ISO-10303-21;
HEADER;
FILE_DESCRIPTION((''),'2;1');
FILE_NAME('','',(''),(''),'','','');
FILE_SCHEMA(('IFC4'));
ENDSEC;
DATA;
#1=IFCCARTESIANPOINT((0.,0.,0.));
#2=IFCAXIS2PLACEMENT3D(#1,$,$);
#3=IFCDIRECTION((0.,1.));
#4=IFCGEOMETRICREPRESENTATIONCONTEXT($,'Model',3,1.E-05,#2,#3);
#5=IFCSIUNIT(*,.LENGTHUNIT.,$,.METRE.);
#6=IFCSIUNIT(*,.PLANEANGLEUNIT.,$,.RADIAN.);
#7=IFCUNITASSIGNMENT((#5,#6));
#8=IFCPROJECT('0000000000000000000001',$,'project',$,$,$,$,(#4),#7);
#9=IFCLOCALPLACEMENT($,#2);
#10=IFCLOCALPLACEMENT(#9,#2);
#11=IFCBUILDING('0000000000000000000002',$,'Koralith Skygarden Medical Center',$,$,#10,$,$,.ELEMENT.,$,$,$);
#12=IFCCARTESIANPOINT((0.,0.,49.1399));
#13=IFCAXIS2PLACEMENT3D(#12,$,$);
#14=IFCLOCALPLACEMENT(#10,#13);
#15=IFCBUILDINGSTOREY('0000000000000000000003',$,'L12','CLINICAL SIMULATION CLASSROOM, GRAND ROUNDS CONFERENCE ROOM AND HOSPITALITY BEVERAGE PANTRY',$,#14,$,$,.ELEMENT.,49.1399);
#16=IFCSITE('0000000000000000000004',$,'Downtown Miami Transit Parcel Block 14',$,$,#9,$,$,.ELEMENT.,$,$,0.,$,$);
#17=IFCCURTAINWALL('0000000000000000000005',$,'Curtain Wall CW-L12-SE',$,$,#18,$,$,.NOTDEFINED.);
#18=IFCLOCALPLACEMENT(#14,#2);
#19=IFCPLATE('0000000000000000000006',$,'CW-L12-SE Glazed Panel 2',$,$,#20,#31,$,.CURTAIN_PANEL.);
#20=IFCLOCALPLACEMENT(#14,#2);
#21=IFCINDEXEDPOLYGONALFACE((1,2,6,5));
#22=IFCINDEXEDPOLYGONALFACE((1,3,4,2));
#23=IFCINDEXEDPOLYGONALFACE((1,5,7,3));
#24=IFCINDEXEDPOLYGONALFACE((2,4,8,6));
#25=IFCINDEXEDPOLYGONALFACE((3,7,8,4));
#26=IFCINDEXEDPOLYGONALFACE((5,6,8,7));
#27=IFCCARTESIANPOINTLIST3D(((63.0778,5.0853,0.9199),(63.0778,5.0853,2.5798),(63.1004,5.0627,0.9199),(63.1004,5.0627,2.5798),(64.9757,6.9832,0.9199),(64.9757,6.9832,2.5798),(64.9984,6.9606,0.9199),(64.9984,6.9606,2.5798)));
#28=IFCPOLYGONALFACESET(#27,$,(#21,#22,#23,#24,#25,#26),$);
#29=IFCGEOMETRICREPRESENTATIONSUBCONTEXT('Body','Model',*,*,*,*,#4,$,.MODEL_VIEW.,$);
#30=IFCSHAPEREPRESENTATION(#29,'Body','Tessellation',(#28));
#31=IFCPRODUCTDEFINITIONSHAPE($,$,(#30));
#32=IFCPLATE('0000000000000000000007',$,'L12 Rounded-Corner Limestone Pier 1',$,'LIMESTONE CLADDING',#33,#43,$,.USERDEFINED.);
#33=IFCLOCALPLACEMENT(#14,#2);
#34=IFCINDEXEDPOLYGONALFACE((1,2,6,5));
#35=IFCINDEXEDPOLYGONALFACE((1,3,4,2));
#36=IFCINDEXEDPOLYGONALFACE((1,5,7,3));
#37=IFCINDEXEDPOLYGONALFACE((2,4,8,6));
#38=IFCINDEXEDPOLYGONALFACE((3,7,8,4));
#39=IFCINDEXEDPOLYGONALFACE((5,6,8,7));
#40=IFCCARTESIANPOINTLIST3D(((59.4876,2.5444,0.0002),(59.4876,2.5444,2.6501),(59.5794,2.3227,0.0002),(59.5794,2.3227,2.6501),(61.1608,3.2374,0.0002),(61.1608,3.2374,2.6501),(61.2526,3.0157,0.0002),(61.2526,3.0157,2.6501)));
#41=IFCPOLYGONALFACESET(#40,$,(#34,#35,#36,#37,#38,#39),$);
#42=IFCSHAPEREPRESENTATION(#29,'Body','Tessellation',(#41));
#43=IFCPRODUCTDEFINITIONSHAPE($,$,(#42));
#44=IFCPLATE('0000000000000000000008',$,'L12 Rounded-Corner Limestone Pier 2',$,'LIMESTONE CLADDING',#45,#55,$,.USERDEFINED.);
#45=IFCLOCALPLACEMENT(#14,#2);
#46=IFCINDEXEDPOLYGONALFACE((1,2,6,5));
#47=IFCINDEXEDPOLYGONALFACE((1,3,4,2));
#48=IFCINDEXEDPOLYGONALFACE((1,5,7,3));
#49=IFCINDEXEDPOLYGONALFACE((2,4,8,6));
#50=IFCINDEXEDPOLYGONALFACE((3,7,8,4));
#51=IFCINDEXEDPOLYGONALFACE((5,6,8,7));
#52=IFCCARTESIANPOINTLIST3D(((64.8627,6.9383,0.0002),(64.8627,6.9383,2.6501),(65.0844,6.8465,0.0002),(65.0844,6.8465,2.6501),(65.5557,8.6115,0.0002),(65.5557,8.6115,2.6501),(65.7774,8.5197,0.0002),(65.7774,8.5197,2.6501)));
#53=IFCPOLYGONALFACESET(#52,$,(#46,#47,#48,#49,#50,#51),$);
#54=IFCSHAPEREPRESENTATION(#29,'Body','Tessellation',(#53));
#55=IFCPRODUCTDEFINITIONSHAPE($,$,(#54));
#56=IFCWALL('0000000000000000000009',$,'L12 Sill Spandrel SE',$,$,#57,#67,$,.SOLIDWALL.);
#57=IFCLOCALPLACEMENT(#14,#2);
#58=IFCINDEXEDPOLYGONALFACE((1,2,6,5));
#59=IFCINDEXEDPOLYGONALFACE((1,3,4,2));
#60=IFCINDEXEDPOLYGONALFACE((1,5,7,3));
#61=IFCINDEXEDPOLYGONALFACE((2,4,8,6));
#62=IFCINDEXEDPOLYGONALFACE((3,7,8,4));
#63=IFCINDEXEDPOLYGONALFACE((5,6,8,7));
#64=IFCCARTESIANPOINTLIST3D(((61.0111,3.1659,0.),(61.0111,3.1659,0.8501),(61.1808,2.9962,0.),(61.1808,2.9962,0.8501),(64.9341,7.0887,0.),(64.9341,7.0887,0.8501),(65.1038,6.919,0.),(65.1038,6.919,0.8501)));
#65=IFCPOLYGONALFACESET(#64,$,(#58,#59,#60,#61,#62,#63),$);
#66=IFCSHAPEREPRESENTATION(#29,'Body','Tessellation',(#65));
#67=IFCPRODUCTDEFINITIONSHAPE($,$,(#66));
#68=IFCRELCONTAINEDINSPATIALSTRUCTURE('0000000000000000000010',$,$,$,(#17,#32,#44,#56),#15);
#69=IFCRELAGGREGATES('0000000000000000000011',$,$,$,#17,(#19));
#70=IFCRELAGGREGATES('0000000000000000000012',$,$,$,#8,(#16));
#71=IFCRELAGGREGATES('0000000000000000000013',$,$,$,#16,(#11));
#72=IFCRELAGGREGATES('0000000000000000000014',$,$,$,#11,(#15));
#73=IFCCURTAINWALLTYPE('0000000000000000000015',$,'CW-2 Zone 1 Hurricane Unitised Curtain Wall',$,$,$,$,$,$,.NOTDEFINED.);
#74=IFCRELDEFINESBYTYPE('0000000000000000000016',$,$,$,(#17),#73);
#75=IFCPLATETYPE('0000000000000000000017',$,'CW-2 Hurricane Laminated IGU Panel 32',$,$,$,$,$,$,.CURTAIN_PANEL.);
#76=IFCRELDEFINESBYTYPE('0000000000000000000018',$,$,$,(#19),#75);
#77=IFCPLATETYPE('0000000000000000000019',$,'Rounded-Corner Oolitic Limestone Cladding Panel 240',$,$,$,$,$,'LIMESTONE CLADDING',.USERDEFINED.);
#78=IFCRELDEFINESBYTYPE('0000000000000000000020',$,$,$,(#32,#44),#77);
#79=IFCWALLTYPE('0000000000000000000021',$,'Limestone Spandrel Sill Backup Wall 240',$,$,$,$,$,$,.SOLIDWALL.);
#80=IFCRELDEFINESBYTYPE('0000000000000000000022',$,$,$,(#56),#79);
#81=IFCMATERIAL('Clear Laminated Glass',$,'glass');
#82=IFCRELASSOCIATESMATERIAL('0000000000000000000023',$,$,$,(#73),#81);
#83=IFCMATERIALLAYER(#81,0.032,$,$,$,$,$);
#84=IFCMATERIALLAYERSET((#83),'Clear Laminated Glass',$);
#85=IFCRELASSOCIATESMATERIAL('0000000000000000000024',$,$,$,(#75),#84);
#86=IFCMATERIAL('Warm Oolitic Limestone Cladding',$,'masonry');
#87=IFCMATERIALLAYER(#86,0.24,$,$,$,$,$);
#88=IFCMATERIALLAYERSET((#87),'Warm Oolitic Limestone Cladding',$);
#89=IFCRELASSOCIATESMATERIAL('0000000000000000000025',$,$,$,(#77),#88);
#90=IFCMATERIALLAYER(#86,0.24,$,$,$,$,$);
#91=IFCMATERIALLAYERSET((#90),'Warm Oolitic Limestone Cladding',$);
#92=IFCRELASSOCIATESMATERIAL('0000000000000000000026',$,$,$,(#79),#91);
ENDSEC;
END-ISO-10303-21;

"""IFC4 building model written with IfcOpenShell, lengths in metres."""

from ifc_helpers import new_model, si_unit, direction, frame, frame_2d, origin, origin_2d, place, context, subcontext, project, spatial, rectangle, extrude, material, layer, layer_set, type_object, element, aggregate, save


model = new_model("IFC4")

# Units and contexts
model_context = context("Model", 3, precision=1e-05, world=origin(), true_north=direction((0.0, 1.0)))
body_context = subcontext(model_context, "Body", "Model", "MODEL_VIEW")
ifc_project = project(units=[si_unit("LENGTHUNIT", "METRE"), si_unit("PLANEANGLEUNIT", "RADIAN")], contexts=[model_context])

# Site, building, storey
site_placement = place(None, origin())
site = spatial("IfcSite", under=ifc_project, at=site_placement, Name="Downtown Miami Transit Parcel Block 14", CompositionType="ELEMENT", RefElevation=0.0)
building_placement = place(site_placement, origin())
building = spatial("IfcBuilding", under=site, at=building_placement, Name="Koralith Skygarden Medical Center", CompositionType="ELEMENT")
storey_placement = place(building_placement, frame((0.0, 0.0, 49.1399)))
storey = spatial("IfcBuildingStorey", under=building, at=storey_placement, Name="L12", Description="CLINICAL SIMULATION CLASSROOM, GRAND ROUNDS CONFERENCE ROOM AND HOSPITALITY BEVERAGE PANTRY", CompositionType="ELEMENT", Elevation=49.1399)

# Curtain wall
ifc_material_1 = material(Name="Clear Laminated Glass", Category="glass")
curtain_wall_type = type_object("IfcCurtainWallType", Name="CW-2 Zone 1 Hurricane Unitised Curtain Wall", PredefinedType="NOTDEFINED", material=ifc_material_1)
curtain_wall_1_placement = place(storey_placement, origin())
curtain_wall_1 = element("IfcCurtainWall", 1, at=curtain_wall_1_placement, inside=storey, type_object=curtain_wall_type, Name="Curtain Wall CW-L12-SE", PredefinedType="NOTDEFINED")

# Plate
ifc_layer_1 = layer(ifc_material_1, 0.032)
ifc_layer_set_1 = layer_set([ifc_layer_1], Name="Clear Laminated Glass")
plate_type_1 = type_object("IfcPlateType", Name="CW-2 Hurricane Laminated IGU Panel 32", PredefinedType="CURTAIN_PANEL", material=ifc_layer_set_1)
plate_1_placement = place(storey_placement, frame((64.0381, 6.0229, 0.9199), z_axis=(0.0, 0.0, 1.0), x_axis=(0.707107, 0.707107, 0.0)))
plate_1 = element("IfcPlate", 2, at=plate_1_placement, type_object=plate_type_1, Name="CW-L12-SE Glazed Panel 2", PredefinedType="CURTAIN_PANEL", context=body_context, shape_type="SweptSolid", body=[
    extrude(rectangle(XDim=2.6841, YDim=0.032, at=origin_2d()), origin(), (0.0, 0.0, 1.0), 1.6599),
])
aggregate(curtain_wall_1, [plate_1])

# Plates
ifc_material_2 = material(Name="Warm Oolitic Limestone Cladding", Category="masonry")
ifc_layer_2 = layer(ifc_material_2, 0.24)
ifc_layer_set_2 = layer_set([ifc_layer_2], Name="Warm Oolitic Limestone Cladding")
plate_type_2 = type_object("IfcPlateType", Name="Rounded-Corner Oolitic Limestone Cladding Panel 240", ElementType="LIMESTONE CLADDING", PredefinedType="USERDEFINED", material=ifc_layer_set_2)
for number, where, z_axis, x_axis, name in (
    (3, (60.3701, 2.78, 0.0002), (0.0, 0.0, 1.0), (0.923885, 0.382671, 0.0), "L12 Rounded-Corner Limestone Pier 1"),
    (4, (65.3201, 7.729, 0.0002), (0.0, 0.0, 1.0), (0.382671, 0.923885, 0.0), "L12 Rounded-Corner Limestone Pier 2"),
):
    element("IfcPlate", number, at=place(storey_placement, frame(where, z_axis=z_axis, x_axis=x_axis)), inside=storey, type_object=plate_type_2, Name=name, ObjectType="LIMESTONE CLADDING", PredefinedType="USERDEFINED", context=body_context, shape_type="SweptSolid", body=[
        extrude(rectangle(XDim=1.811, YDim=0.24, at=origin_2d()), origin(), (0.0, 0.0, 1.0), 2.6499),
    ])

# Wall
ifc_layer_3 = layer(ifc_material_2, 0.24)
ifc_layer_set_3 = layer_set([ifc_layer_3], Name="Warm Oolitic Limestone Cladding")
wall_type = type_object("IfcWallType", Name="Limestone Spandrel Sill Backup Wall 240", PredefinedType="SOLIDWALL", material=ifc_layer_set_3)
wall_placement = place(storey_placement, frame((61.0959, 3.0811, 0.0), z_axis=(0.0, 0.0, 1.0), x_axis=(0.707129, 0.707085, 0.0)))
element("IfcWall", 5, at=wall_placement, inside=storey, type_object=wall_type, Name="L12 Sill Spandrel SE", PredefinedType="SOLIDWALL", context=body_context, shape_type="SweptSolid", body=[
    extrude(rectangle(XDim=5.5479, YDim=0.24, at=frame_2d((2.7739, 0.0))), origin(), (0.0, 0.0, 1.0), 0.8501),
])

save(model, "model.ifc")
